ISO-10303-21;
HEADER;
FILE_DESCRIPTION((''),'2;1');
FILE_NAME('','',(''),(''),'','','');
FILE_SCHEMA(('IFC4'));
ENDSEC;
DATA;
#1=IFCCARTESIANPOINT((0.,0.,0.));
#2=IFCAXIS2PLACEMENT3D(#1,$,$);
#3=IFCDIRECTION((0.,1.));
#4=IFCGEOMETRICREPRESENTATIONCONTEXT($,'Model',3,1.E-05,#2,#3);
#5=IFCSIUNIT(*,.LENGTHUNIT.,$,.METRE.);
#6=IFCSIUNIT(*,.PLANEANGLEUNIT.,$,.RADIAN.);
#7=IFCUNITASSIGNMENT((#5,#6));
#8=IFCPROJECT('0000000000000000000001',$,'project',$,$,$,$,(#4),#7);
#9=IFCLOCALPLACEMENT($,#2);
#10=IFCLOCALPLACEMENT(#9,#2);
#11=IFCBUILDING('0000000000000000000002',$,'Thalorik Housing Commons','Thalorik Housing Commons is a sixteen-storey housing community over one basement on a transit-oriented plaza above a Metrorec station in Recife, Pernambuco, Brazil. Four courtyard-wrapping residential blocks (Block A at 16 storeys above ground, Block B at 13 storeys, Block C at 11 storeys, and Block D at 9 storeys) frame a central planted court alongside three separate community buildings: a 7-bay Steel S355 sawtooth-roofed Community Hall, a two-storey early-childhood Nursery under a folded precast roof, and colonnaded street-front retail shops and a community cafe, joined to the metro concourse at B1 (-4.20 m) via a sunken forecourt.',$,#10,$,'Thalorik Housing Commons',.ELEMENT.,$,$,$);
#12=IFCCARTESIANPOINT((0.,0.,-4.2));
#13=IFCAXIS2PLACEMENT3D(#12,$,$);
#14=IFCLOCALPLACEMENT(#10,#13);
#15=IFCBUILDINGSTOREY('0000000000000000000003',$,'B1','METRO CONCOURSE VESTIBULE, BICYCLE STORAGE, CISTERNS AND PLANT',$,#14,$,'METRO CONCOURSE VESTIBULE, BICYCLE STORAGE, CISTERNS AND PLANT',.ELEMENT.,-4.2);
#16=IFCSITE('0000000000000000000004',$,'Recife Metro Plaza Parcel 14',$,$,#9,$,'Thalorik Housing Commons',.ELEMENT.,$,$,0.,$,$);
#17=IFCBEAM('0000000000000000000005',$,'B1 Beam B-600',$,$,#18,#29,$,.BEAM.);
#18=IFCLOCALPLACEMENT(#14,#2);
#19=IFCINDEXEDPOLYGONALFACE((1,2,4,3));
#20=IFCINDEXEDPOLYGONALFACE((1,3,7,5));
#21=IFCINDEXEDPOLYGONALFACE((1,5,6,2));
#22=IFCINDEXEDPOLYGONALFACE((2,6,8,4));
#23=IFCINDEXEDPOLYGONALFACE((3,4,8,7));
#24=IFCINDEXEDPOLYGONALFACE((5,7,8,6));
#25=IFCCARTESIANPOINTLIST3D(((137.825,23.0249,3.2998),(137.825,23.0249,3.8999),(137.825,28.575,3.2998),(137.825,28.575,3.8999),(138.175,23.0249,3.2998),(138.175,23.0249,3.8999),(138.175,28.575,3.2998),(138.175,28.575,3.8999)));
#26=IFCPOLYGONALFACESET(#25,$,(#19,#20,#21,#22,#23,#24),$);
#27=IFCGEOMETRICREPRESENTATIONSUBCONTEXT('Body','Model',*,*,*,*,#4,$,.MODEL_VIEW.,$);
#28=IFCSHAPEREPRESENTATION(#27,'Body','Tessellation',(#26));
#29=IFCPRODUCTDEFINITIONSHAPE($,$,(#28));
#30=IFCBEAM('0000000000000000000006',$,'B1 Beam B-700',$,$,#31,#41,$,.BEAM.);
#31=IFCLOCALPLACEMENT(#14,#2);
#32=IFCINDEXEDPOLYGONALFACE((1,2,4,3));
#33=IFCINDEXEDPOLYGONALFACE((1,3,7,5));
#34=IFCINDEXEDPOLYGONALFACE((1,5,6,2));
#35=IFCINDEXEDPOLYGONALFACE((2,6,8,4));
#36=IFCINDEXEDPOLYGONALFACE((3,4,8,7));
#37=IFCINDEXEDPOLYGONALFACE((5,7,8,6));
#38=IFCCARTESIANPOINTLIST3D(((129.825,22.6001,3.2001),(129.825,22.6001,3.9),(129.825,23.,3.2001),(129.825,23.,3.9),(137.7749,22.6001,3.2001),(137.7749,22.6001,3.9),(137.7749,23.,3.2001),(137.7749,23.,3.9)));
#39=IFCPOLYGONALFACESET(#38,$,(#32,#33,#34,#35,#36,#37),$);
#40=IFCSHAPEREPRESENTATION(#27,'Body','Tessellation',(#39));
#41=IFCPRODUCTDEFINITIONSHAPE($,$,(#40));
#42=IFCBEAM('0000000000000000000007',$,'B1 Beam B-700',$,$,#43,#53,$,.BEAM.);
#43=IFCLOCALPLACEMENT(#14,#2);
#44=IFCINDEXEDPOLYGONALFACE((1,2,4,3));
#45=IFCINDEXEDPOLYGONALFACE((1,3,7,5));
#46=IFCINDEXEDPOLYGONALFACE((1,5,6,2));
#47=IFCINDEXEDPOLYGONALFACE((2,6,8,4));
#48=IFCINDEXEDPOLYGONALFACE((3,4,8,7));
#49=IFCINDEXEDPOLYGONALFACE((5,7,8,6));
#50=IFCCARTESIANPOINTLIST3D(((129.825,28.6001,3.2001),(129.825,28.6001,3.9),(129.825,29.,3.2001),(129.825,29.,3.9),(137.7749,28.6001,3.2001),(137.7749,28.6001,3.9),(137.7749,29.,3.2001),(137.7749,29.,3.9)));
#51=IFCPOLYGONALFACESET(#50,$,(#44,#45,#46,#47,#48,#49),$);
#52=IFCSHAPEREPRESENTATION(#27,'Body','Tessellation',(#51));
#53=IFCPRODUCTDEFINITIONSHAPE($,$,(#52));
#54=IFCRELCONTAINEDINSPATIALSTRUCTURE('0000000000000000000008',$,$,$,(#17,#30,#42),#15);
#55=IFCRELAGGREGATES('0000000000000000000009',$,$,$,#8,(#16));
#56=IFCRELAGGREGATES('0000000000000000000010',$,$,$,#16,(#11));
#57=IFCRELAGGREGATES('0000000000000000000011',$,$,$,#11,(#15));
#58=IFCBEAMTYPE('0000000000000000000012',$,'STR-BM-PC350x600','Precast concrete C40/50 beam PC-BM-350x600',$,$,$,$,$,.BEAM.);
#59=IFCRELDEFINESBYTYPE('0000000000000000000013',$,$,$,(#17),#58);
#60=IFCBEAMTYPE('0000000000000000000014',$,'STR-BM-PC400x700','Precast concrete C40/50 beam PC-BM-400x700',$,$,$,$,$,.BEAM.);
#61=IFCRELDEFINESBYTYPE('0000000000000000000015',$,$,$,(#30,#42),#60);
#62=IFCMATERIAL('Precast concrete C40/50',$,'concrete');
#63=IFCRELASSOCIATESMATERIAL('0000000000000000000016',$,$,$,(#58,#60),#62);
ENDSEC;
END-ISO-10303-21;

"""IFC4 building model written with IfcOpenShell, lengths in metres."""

from ifc_helpers import new_model, si_unit, direction, frame, origin, origin_2d, place, context, subcontext, project, spatial, rectangle, extrude, material, material_profile, profile_set, type_object, element, save


model = new_model("IFC4")

# Units and contexts
model_context = context("Model", 3, precision=1e-05, world=origin(), true_north=direction((0.0, 1.0)))
body_context = subcontext(model_context, "Body", "Model", "MODEL_VIEW")
ifc_project = project(units=[si_unit("LENGTHUNIT", "METRE"), si_unit("PLANEANGLEUNIT", "RADIAN")], contexts=[model_context])

# Site, building, storey
site_placement = place(None, origin())
site = spatial("IfcSite", under=ifc_project, at=site_placement, Name="Recife Metro Plaza Parcel 14", LongName="Thalorik Housing Commons", CompositionType="ELEMENT", RefElevation=0.0)
building_placement = place(site_placement, origin())
building = spatial("IfcBuilding", under=site, at=building_placement, Name="Thalorik Housing Commons", Description="Thalorik Housing Commons is a sixteen-storey housing community over one basement on a transit-oriented plaza above a Metrorec station in Recife, Pernambuco, Brazil. Four courtyard-wrapping residential blocks (Block A at 16 storeys above ground, Block B at 13 storeys, Block C at 11 storeys, and Block D at 9 storeys) frame a central planted court alongside three separate community buildings: a 7-bay Steel S355 sawtooth-roofed Community Hall, a two-storey early-childhood Nursery under a folded precast roof, and colonnaded street-front retail shops and a community cafe, joined to the metro concourse at B1 (-4.20 m) via a sunken forecourt.", LongName="Thalorik Housing Commons", CompositionType="ELEMENT")
storey_placement = place(building_placement, frame((0.0, 0.0, -4.2)))
storey = spatial("IfcBuildingStorey", under=building, at=storey_placement, Name="B1", Description="METRO CONCOURSE VESTIBULE, BICYCLE STORAGE, CISTERNS AND PLANT", LongName="METRO CONCOURSE VESTIBULE, BICYCLE STORAGE, CISTERNS AND PLANT", CompositionType="ELEMENT", Elevation=-4.2)

# Shared definitions
ifc_material_1 = material(Name="Precast concrete C40/50", Category="concrete")

# Beams
ifc_material_profile_1 = material_profile(ifc_material_1, rectangle(XDim=0.3501, YDim=0.6001, at=origin_2d()), Name="PC 350x600", Category="concrete")
ifc_profile_set_1 = profile_set([ifc_material_profile_1], Name="Precast concrete C40/50")
beam_type_1 = type_object("IfcBeamType", Name="STR-BM-PC350x600", Description="Precast concrete C40/50 beam PC-BM-350x600", PredefinedType="BEAM", material=ifc_profile_set_1)
for number, where, z_axis, x_axis, name in (
    (1, (138.0, 23.0249, 3.5999), (0.0, 1.0, 0.0), (-1.0, 0.0, 0.0), "B1 Beam B-600"),
):
    element("IfcBeam", number, at=place(storey_placement, frame(where, z_axis=z_axis, x_axis=x_axis)), inside=storey, type_object=beam_type_1, Name=name, PredefinedType="BEAM", context=body_context, shape_type="SweptSolid", body=[
        extrude(rectangle(XDim=0.3501, YDim=0.6001, at=origin_2d()), origin(), (0.0, 0.0, 1.0), 5.55),
    ])
ifc_material_profile_2 = material_profile(ifc_material_1, rectangle(XDim=0.3999, YDim=0.7, at=origin_2d()), Name="PC 400x700", Category="concrete")
ifc_profile_set_2 = profile_set([ifc_material_profile_2], Name="Precast concrete C40/50")
beam_type_2 = type_object("IfcBeamType", Name="STR-BM-PC400x700", Description="Precast concrete C40/50 beam PC-BM-400x700", PredefinedType="BEAM", material=ifc_profile_set_2)
for number, where, z_axis, x_axis, name in (
    (2, (129.825, 22.8, 3.55), (1.0, 0.0, 0.0), (0.0, 1.0, 0.0), "B1 Beam B-700"),
    (3, (129.825, 28.8, 3.55), (1.0, 0.0, 0.0), (0.0, 1.0, 0.0), "B1 Beam B-700"),
):
    element("IfcBeam", number, at=place(storey_placement, frame(where, z_axis=z_axis, x_axis=x_axis)), inside=storey, type_object=beam_type_2, Name=name, PredefinedType="BEAM", context=body_context, shape_type="SweptSolid", body=[
        extrude(rectangle(XDim=0.3999, YDim=0.7, at=origin_2d()), origin(), (0.0, 0.0, 1.0), 7.95),
    ])

save(model, "model.ifc")
